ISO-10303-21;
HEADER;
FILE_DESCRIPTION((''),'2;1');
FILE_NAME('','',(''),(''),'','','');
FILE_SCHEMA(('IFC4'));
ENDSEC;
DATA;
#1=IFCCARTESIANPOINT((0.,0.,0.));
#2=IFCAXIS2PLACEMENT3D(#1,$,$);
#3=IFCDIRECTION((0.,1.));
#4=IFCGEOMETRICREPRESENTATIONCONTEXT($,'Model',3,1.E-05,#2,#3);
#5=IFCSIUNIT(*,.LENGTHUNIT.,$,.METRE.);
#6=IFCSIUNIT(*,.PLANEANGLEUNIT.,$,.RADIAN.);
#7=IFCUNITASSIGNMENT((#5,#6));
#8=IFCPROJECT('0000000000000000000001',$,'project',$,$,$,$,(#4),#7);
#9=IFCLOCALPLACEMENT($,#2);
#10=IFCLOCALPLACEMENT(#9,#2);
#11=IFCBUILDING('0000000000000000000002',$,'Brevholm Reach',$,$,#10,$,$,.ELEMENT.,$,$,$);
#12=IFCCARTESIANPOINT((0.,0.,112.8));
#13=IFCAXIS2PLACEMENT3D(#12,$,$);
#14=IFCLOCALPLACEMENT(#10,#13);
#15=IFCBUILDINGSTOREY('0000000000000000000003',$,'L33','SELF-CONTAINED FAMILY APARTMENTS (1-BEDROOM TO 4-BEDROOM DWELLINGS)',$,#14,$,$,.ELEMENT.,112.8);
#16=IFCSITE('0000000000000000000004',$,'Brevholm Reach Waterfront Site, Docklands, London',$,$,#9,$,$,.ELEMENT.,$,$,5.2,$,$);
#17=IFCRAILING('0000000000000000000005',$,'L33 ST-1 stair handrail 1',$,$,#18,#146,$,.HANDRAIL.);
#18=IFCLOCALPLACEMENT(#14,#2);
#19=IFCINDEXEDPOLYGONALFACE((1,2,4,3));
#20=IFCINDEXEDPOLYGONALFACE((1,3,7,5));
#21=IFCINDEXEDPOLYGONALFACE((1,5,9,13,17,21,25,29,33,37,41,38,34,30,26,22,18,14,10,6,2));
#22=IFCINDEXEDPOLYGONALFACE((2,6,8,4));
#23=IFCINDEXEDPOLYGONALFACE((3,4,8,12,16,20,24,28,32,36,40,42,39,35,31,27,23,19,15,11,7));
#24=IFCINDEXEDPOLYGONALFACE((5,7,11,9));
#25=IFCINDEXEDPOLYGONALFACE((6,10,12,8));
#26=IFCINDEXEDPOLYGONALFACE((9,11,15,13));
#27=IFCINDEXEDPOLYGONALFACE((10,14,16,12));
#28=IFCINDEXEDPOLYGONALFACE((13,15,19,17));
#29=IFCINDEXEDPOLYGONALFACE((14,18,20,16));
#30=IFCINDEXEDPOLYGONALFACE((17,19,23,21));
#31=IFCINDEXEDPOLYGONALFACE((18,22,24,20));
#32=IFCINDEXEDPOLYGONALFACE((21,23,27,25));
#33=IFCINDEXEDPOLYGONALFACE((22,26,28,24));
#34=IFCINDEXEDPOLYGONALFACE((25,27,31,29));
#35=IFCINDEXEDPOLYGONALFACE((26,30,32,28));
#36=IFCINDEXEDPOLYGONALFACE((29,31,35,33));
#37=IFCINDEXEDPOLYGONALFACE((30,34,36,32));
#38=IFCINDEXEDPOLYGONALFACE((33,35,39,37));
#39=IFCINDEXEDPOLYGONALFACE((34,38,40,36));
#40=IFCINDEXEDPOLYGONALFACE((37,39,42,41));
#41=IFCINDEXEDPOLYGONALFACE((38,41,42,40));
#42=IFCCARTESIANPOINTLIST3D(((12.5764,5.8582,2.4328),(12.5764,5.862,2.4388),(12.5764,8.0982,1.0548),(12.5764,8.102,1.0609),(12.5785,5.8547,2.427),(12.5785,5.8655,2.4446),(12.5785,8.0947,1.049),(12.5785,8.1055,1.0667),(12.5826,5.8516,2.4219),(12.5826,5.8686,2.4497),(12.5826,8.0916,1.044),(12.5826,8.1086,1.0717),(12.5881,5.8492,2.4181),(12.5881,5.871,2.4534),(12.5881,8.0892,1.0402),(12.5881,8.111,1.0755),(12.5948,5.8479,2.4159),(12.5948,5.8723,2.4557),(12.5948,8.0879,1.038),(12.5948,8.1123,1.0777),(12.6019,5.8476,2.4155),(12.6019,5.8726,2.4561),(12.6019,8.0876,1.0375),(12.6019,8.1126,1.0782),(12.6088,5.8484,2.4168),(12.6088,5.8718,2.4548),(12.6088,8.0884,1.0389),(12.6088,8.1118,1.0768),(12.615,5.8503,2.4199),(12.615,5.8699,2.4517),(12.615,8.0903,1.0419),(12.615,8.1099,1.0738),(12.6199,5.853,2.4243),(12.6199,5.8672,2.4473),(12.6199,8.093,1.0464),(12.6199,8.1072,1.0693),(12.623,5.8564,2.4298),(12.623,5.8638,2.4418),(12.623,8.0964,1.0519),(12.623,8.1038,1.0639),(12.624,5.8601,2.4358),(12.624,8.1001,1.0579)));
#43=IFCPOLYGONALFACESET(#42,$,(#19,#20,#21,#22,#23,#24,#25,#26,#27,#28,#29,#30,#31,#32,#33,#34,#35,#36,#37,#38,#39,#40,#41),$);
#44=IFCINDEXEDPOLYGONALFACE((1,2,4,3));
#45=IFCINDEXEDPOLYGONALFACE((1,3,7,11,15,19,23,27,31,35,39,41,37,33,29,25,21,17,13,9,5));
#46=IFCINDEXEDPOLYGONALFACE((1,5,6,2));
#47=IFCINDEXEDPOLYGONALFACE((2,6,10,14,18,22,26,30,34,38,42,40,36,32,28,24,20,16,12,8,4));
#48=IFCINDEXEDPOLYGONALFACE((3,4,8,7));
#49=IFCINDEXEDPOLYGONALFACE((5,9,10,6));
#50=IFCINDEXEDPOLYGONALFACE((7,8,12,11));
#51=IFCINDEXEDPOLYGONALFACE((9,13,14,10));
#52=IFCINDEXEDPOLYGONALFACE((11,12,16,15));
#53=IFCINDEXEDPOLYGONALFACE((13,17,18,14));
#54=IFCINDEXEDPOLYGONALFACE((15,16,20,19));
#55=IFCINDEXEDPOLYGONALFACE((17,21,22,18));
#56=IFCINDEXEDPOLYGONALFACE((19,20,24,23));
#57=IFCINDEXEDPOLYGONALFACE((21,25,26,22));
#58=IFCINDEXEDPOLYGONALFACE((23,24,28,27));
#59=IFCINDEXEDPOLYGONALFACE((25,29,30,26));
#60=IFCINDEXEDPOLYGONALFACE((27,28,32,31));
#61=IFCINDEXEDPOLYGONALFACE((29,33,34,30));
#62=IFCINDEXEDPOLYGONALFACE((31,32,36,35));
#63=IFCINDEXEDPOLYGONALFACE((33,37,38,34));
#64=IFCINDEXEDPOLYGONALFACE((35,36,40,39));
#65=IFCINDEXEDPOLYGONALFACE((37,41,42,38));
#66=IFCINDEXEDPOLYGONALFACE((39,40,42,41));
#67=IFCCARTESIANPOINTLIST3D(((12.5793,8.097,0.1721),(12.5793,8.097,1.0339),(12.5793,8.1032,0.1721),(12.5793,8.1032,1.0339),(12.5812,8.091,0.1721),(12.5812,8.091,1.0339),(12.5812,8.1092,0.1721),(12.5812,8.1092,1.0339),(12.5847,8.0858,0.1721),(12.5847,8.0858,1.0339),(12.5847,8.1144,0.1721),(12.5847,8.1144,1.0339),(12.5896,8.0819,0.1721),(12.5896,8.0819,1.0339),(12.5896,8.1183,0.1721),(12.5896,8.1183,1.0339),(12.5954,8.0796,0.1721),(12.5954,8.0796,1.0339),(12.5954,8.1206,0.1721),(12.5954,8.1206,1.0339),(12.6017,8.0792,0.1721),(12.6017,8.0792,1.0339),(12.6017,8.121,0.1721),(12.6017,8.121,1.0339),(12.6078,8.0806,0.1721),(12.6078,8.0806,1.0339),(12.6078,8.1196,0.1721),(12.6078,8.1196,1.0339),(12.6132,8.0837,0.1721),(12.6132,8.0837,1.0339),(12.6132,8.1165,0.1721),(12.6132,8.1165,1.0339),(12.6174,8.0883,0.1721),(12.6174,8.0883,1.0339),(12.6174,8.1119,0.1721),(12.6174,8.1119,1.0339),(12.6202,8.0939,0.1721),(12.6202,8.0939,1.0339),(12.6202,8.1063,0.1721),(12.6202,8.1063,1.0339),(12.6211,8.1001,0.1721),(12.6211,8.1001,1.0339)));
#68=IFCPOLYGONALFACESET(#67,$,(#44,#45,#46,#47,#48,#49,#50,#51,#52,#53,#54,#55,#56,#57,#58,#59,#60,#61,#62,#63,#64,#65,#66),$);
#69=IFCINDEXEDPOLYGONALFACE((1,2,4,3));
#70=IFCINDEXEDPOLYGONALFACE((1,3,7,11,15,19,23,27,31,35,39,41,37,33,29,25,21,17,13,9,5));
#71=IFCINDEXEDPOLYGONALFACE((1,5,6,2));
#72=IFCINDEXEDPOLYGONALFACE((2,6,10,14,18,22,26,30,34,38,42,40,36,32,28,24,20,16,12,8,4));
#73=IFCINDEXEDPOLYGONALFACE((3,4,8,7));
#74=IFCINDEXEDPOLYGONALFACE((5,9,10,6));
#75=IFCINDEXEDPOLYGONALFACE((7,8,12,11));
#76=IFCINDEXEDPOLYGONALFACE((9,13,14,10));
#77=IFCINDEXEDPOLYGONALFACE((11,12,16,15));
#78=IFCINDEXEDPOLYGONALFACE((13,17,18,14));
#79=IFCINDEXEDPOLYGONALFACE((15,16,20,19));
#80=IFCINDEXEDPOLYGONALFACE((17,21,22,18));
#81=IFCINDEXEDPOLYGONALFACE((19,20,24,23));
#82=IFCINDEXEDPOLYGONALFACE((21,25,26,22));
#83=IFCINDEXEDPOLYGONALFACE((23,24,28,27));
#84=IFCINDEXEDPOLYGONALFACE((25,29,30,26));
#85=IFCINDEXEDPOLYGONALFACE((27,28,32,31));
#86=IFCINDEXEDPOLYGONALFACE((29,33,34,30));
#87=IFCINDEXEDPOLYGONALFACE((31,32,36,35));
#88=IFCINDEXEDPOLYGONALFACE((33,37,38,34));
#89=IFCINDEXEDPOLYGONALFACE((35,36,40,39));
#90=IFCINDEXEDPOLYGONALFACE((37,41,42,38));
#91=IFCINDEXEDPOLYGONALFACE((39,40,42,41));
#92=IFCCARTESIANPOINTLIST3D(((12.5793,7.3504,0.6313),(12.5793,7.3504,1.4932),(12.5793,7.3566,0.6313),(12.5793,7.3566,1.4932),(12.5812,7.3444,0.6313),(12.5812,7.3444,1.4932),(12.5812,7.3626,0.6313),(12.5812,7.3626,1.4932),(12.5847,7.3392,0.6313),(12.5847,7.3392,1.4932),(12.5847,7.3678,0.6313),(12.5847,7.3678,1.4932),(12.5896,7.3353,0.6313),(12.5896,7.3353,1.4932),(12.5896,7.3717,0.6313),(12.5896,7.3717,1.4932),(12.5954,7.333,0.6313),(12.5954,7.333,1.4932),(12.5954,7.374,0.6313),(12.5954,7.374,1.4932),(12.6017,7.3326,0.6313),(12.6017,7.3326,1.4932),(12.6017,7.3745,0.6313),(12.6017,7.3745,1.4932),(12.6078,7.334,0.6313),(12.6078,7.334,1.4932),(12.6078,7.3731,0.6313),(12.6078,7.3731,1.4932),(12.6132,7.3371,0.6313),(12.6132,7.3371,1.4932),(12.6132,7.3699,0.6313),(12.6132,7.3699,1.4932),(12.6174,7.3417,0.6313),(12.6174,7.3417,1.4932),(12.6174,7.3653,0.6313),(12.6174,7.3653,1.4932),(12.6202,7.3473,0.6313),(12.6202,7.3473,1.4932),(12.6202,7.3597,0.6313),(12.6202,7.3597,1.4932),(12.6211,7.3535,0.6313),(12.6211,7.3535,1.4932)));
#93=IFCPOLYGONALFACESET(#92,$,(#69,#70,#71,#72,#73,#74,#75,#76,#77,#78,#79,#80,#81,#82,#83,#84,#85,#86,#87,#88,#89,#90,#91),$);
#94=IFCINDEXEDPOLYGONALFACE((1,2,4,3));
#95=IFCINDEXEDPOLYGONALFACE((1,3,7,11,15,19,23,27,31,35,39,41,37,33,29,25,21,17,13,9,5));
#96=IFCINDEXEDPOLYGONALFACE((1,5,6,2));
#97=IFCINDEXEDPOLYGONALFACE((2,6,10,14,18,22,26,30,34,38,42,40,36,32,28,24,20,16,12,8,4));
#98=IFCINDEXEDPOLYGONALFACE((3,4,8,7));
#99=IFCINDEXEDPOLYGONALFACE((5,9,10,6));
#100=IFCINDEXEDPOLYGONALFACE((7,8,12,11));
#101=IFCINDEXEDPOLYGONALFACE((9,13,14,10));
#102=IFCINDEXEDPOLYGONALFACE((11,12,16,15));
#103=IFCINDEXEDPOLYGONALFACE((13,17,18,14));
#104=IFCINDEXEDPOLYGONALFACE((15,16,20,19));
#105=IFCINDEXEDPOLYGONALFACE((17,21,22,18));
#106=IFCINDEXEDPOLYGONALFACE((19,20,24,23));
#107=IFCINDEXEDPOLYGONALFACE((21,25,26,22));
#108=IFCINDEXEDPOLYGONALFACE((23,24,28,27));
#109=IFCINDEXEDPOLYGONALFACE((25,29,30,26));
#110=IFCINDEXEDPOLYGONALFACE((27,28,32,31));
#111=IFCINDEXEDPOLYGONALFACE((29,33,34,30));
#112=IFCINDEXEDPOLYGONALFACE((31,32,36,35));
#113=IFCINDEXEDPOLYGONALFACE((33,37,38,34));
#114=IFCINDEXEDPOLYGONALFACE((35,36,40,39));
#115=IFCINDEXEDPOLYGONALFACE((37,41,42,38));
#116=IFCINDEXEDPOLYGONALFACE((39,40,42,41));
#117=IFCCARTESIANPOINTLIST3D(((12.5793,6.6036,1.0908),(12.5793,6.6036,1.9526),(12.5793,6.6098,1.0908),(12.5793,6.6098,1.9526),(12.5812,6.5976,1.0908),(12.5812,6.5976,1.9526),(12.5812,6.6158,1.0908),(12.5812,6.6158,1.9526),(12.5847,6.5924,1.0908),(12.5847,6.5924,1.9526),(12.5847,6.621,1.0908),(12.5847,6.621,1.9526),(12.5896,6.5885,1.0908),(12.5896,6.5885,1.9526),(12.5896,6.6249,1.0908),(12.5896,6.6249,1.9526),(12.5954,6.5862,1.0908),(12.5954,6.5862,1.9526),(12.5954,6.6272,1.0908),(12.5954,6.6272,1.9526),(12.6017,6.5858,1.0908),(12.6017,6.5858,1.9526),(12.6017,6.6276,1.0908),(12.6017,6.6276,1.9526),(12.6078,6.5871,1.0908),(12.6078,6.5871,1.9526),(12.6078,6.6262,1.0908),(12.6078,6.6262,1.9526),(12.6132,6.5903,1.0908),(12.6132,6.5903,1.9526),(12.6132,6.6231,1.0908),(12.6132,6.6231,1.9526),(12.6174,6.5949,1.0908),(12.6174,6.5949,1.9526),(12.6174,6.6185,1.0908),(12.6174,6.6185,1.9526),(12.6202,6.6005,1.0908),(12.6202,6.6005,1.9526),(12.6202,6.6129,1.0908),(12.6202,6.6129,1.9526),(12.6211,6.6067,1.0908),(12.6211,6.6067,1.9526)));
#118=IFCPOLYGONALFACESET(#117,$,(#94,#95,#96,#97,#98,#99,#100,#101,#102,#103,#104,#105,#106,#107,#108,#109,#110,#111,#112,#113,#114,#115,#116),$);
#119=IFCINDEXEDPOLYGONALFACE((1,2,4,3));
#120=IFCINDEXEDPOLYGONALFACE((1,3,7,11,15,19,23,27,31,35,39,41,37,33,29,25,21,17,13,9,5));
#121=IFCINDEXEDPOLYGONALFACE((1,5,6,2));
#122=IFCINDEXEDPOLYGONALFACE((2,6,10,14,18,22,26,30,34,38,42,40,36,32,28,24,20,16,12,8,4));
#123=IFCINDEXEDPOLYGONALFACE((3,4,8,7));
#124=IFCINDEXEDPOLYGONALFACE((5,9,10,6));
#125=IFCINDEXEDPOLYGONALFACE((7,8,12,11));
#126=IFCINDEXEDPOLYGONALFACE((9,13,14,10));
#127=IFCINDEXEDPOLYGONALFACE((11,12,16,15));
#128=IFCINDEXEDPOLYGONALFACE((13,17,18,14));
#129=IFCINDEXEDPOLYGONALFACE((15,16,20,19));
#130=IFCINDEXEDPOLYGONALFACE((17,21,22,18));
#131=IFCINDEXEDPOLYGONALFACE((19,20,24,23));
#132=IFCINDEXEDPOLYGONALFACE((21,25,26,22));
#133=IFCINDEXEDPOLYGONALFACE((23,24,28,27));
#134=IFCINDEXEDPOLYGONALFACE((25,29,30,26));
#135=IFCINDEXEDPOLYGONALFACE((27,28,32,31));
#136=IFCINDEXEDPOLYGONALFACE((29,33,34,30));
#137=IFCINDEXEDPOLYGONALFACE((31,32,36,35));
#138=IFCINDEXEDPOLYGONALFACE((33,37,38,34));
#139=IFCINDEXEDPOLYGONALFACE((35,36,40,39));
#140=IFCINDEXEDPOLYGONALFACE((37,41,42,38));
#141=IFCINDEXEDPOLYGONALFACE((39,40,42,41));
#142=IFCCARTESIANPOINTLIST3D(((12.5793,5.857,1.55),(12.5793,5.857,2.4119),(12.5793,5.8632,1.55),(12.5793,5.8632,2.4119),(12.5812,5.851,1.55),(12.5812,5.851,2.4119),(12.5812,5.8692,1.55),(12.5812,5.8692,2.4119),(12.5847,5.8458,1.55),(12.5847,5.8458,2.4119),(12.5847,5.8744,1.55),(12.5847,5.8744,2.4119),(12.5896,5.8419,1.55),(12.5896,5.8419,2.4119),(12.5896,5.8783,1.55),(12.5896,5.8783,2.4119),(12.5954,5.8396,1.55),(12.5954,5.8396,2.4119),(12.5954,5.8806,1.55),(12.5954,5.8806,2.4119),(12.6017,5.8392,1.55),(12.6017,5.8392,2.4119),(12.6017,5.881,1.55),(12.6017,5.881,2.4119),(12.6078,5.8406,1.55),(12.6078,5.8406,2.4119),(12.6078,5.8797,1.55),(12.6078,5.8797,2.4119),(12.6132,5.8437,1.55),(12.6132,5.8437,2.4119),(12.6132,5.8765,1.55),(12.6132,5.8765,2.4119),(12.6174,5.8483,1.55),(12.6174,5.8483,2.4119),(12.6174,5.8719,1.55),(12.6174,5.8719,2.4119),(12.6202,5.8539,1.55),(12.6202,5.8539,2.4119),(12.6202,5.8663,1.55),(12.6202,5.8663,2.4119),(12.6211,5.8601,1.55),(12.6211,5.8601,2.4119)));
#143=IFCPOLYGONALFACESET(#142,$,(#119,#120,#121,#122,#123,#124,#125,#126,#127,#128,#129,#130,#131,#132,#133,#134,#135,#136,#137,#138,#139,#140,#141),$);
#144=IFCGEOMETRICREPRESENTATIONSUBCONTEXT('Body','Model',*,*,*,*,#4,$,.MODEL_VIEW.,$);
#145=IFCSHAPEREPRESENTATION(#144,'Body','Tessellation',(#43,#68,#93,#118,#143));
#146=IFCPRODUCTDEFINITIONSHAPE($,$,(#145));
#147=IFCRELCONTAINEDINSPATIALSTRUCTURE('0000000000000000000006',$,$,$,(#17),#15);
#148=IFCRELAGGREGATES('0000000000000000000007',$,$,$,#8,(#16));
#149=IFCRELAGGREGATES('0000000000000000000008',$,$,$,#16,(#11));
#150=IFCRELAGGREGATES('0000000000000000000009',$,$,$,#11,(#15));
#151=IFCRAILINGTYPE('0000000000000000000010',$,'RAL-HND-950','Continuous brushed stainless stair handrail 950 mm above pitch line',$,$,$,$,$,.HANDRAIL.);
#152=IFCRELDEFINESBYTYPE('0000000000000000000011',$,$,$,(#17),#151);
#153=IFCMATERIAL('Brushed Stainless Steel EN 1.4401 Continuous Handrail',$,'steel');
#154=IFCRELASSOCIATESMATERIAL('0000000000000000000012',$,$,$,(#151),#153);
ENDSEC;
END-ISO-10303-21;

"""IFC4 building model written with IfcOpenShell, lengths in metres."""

from ifc_helpers import new_model, si_unit, direction, frame, origin, origin_2d, place, context, subcontext, project, spatial, circle, extrude, material, type_object, element, save


model = new_model("IFC4")

# Units and contexts
model_context = context("Model", 3, precision=1e-05, world=origin(), true_north=direction((0.0, 1.0)))
body_context = subcontext(model_context, "Body", "Model", "MODEL_VIEW")
ifc_project = project(units=[si_unit("LENGTHUNIT", "METRE"), si_unit("PLANEANGLEUNIT", "RADIAN")], contexts=[model_context])

# Site, building, storey
site_placement = place(None, origin())
site = spatial("IfcSite", under=ifc_project, at=site_placement, Name="Brevholm Reach Waterfront Site, Docklands, London", CompositionType="ELEMENT", RefElevation=5.2)
building_placement = place(site_placement, origin())
building = spatial("IfcBuilding", under=site, at=building_placement, Name="Brevholm Reach", CompositionType="ELEMENT")
storey_placement = place(building_placement, frame((0.0, 0.0, 112.8)))
storey = spatial("IfcBuildingStorey", under=building, at=storey_placement, Name="L33", Description="SELF-CONTAINED FAMILY APARTMENTS (1-BEDROOM TO 4-BEDROOM DWELLINGS)", CompositionType="ELEMENT", Elevation=112.8)

# Railing
ifc_material_1 = material(Name="Brushed Stainless Steel EN 1.4401 Continuous Handrail", Category="steel")
railing_type_1 = type_object("IfcRailingType", Name="RAL-HND-950", Description="Continuous brushed stainless stair handrail 950 mm above pitch line", PredefinedType="HANDRAIL", material=ifc_material_1)
railing_1_placement = place(storey_placement, frame((12.6001, 8.1001, 0.1721)))
element("IfcRailing", 1, at=railing_1_placement, inside=storey, type_object=railing_type_1, Name="L33 ST-1 stair handrail 1", PredefinedType="HANDRAIL", context=body_context, shape_type="SweptSolid", body=[
    extrude(circle(Radius=0.0239, at=origin_2d()), frame((0.0, 0.0, 0.8857), z_axis=(0.0, -0.851748, 0.523952), x_axis=(1.0, 0.0, 0.0)), (0.0, 0.0, 1.0), 2.6299),
    extrude(circle(Radius=0.021, at=origin_2d()), origin(), (0.0, 0.0, 1.0), 0.8618),
    extrude(circle(Radius=0.021, at=origin_2d()), frame((0.0, -0.7466, 0.4592)), (0.0, 0.0, 1.0), 0.8618),
    extrude(circle(Radius=0.021, at=origin_2d()), frame((0.0, -1.4934, 0.9187)), (0.0, 0.0, 1.0), 0.8618),
    extrude(circle(Radius=0.021, at=origin_2d()), frame((0.0, -2.24, 1.3779)), (0.0, 0.0, 1.0), 0.8618),
])

save(model, "model.ifc")
